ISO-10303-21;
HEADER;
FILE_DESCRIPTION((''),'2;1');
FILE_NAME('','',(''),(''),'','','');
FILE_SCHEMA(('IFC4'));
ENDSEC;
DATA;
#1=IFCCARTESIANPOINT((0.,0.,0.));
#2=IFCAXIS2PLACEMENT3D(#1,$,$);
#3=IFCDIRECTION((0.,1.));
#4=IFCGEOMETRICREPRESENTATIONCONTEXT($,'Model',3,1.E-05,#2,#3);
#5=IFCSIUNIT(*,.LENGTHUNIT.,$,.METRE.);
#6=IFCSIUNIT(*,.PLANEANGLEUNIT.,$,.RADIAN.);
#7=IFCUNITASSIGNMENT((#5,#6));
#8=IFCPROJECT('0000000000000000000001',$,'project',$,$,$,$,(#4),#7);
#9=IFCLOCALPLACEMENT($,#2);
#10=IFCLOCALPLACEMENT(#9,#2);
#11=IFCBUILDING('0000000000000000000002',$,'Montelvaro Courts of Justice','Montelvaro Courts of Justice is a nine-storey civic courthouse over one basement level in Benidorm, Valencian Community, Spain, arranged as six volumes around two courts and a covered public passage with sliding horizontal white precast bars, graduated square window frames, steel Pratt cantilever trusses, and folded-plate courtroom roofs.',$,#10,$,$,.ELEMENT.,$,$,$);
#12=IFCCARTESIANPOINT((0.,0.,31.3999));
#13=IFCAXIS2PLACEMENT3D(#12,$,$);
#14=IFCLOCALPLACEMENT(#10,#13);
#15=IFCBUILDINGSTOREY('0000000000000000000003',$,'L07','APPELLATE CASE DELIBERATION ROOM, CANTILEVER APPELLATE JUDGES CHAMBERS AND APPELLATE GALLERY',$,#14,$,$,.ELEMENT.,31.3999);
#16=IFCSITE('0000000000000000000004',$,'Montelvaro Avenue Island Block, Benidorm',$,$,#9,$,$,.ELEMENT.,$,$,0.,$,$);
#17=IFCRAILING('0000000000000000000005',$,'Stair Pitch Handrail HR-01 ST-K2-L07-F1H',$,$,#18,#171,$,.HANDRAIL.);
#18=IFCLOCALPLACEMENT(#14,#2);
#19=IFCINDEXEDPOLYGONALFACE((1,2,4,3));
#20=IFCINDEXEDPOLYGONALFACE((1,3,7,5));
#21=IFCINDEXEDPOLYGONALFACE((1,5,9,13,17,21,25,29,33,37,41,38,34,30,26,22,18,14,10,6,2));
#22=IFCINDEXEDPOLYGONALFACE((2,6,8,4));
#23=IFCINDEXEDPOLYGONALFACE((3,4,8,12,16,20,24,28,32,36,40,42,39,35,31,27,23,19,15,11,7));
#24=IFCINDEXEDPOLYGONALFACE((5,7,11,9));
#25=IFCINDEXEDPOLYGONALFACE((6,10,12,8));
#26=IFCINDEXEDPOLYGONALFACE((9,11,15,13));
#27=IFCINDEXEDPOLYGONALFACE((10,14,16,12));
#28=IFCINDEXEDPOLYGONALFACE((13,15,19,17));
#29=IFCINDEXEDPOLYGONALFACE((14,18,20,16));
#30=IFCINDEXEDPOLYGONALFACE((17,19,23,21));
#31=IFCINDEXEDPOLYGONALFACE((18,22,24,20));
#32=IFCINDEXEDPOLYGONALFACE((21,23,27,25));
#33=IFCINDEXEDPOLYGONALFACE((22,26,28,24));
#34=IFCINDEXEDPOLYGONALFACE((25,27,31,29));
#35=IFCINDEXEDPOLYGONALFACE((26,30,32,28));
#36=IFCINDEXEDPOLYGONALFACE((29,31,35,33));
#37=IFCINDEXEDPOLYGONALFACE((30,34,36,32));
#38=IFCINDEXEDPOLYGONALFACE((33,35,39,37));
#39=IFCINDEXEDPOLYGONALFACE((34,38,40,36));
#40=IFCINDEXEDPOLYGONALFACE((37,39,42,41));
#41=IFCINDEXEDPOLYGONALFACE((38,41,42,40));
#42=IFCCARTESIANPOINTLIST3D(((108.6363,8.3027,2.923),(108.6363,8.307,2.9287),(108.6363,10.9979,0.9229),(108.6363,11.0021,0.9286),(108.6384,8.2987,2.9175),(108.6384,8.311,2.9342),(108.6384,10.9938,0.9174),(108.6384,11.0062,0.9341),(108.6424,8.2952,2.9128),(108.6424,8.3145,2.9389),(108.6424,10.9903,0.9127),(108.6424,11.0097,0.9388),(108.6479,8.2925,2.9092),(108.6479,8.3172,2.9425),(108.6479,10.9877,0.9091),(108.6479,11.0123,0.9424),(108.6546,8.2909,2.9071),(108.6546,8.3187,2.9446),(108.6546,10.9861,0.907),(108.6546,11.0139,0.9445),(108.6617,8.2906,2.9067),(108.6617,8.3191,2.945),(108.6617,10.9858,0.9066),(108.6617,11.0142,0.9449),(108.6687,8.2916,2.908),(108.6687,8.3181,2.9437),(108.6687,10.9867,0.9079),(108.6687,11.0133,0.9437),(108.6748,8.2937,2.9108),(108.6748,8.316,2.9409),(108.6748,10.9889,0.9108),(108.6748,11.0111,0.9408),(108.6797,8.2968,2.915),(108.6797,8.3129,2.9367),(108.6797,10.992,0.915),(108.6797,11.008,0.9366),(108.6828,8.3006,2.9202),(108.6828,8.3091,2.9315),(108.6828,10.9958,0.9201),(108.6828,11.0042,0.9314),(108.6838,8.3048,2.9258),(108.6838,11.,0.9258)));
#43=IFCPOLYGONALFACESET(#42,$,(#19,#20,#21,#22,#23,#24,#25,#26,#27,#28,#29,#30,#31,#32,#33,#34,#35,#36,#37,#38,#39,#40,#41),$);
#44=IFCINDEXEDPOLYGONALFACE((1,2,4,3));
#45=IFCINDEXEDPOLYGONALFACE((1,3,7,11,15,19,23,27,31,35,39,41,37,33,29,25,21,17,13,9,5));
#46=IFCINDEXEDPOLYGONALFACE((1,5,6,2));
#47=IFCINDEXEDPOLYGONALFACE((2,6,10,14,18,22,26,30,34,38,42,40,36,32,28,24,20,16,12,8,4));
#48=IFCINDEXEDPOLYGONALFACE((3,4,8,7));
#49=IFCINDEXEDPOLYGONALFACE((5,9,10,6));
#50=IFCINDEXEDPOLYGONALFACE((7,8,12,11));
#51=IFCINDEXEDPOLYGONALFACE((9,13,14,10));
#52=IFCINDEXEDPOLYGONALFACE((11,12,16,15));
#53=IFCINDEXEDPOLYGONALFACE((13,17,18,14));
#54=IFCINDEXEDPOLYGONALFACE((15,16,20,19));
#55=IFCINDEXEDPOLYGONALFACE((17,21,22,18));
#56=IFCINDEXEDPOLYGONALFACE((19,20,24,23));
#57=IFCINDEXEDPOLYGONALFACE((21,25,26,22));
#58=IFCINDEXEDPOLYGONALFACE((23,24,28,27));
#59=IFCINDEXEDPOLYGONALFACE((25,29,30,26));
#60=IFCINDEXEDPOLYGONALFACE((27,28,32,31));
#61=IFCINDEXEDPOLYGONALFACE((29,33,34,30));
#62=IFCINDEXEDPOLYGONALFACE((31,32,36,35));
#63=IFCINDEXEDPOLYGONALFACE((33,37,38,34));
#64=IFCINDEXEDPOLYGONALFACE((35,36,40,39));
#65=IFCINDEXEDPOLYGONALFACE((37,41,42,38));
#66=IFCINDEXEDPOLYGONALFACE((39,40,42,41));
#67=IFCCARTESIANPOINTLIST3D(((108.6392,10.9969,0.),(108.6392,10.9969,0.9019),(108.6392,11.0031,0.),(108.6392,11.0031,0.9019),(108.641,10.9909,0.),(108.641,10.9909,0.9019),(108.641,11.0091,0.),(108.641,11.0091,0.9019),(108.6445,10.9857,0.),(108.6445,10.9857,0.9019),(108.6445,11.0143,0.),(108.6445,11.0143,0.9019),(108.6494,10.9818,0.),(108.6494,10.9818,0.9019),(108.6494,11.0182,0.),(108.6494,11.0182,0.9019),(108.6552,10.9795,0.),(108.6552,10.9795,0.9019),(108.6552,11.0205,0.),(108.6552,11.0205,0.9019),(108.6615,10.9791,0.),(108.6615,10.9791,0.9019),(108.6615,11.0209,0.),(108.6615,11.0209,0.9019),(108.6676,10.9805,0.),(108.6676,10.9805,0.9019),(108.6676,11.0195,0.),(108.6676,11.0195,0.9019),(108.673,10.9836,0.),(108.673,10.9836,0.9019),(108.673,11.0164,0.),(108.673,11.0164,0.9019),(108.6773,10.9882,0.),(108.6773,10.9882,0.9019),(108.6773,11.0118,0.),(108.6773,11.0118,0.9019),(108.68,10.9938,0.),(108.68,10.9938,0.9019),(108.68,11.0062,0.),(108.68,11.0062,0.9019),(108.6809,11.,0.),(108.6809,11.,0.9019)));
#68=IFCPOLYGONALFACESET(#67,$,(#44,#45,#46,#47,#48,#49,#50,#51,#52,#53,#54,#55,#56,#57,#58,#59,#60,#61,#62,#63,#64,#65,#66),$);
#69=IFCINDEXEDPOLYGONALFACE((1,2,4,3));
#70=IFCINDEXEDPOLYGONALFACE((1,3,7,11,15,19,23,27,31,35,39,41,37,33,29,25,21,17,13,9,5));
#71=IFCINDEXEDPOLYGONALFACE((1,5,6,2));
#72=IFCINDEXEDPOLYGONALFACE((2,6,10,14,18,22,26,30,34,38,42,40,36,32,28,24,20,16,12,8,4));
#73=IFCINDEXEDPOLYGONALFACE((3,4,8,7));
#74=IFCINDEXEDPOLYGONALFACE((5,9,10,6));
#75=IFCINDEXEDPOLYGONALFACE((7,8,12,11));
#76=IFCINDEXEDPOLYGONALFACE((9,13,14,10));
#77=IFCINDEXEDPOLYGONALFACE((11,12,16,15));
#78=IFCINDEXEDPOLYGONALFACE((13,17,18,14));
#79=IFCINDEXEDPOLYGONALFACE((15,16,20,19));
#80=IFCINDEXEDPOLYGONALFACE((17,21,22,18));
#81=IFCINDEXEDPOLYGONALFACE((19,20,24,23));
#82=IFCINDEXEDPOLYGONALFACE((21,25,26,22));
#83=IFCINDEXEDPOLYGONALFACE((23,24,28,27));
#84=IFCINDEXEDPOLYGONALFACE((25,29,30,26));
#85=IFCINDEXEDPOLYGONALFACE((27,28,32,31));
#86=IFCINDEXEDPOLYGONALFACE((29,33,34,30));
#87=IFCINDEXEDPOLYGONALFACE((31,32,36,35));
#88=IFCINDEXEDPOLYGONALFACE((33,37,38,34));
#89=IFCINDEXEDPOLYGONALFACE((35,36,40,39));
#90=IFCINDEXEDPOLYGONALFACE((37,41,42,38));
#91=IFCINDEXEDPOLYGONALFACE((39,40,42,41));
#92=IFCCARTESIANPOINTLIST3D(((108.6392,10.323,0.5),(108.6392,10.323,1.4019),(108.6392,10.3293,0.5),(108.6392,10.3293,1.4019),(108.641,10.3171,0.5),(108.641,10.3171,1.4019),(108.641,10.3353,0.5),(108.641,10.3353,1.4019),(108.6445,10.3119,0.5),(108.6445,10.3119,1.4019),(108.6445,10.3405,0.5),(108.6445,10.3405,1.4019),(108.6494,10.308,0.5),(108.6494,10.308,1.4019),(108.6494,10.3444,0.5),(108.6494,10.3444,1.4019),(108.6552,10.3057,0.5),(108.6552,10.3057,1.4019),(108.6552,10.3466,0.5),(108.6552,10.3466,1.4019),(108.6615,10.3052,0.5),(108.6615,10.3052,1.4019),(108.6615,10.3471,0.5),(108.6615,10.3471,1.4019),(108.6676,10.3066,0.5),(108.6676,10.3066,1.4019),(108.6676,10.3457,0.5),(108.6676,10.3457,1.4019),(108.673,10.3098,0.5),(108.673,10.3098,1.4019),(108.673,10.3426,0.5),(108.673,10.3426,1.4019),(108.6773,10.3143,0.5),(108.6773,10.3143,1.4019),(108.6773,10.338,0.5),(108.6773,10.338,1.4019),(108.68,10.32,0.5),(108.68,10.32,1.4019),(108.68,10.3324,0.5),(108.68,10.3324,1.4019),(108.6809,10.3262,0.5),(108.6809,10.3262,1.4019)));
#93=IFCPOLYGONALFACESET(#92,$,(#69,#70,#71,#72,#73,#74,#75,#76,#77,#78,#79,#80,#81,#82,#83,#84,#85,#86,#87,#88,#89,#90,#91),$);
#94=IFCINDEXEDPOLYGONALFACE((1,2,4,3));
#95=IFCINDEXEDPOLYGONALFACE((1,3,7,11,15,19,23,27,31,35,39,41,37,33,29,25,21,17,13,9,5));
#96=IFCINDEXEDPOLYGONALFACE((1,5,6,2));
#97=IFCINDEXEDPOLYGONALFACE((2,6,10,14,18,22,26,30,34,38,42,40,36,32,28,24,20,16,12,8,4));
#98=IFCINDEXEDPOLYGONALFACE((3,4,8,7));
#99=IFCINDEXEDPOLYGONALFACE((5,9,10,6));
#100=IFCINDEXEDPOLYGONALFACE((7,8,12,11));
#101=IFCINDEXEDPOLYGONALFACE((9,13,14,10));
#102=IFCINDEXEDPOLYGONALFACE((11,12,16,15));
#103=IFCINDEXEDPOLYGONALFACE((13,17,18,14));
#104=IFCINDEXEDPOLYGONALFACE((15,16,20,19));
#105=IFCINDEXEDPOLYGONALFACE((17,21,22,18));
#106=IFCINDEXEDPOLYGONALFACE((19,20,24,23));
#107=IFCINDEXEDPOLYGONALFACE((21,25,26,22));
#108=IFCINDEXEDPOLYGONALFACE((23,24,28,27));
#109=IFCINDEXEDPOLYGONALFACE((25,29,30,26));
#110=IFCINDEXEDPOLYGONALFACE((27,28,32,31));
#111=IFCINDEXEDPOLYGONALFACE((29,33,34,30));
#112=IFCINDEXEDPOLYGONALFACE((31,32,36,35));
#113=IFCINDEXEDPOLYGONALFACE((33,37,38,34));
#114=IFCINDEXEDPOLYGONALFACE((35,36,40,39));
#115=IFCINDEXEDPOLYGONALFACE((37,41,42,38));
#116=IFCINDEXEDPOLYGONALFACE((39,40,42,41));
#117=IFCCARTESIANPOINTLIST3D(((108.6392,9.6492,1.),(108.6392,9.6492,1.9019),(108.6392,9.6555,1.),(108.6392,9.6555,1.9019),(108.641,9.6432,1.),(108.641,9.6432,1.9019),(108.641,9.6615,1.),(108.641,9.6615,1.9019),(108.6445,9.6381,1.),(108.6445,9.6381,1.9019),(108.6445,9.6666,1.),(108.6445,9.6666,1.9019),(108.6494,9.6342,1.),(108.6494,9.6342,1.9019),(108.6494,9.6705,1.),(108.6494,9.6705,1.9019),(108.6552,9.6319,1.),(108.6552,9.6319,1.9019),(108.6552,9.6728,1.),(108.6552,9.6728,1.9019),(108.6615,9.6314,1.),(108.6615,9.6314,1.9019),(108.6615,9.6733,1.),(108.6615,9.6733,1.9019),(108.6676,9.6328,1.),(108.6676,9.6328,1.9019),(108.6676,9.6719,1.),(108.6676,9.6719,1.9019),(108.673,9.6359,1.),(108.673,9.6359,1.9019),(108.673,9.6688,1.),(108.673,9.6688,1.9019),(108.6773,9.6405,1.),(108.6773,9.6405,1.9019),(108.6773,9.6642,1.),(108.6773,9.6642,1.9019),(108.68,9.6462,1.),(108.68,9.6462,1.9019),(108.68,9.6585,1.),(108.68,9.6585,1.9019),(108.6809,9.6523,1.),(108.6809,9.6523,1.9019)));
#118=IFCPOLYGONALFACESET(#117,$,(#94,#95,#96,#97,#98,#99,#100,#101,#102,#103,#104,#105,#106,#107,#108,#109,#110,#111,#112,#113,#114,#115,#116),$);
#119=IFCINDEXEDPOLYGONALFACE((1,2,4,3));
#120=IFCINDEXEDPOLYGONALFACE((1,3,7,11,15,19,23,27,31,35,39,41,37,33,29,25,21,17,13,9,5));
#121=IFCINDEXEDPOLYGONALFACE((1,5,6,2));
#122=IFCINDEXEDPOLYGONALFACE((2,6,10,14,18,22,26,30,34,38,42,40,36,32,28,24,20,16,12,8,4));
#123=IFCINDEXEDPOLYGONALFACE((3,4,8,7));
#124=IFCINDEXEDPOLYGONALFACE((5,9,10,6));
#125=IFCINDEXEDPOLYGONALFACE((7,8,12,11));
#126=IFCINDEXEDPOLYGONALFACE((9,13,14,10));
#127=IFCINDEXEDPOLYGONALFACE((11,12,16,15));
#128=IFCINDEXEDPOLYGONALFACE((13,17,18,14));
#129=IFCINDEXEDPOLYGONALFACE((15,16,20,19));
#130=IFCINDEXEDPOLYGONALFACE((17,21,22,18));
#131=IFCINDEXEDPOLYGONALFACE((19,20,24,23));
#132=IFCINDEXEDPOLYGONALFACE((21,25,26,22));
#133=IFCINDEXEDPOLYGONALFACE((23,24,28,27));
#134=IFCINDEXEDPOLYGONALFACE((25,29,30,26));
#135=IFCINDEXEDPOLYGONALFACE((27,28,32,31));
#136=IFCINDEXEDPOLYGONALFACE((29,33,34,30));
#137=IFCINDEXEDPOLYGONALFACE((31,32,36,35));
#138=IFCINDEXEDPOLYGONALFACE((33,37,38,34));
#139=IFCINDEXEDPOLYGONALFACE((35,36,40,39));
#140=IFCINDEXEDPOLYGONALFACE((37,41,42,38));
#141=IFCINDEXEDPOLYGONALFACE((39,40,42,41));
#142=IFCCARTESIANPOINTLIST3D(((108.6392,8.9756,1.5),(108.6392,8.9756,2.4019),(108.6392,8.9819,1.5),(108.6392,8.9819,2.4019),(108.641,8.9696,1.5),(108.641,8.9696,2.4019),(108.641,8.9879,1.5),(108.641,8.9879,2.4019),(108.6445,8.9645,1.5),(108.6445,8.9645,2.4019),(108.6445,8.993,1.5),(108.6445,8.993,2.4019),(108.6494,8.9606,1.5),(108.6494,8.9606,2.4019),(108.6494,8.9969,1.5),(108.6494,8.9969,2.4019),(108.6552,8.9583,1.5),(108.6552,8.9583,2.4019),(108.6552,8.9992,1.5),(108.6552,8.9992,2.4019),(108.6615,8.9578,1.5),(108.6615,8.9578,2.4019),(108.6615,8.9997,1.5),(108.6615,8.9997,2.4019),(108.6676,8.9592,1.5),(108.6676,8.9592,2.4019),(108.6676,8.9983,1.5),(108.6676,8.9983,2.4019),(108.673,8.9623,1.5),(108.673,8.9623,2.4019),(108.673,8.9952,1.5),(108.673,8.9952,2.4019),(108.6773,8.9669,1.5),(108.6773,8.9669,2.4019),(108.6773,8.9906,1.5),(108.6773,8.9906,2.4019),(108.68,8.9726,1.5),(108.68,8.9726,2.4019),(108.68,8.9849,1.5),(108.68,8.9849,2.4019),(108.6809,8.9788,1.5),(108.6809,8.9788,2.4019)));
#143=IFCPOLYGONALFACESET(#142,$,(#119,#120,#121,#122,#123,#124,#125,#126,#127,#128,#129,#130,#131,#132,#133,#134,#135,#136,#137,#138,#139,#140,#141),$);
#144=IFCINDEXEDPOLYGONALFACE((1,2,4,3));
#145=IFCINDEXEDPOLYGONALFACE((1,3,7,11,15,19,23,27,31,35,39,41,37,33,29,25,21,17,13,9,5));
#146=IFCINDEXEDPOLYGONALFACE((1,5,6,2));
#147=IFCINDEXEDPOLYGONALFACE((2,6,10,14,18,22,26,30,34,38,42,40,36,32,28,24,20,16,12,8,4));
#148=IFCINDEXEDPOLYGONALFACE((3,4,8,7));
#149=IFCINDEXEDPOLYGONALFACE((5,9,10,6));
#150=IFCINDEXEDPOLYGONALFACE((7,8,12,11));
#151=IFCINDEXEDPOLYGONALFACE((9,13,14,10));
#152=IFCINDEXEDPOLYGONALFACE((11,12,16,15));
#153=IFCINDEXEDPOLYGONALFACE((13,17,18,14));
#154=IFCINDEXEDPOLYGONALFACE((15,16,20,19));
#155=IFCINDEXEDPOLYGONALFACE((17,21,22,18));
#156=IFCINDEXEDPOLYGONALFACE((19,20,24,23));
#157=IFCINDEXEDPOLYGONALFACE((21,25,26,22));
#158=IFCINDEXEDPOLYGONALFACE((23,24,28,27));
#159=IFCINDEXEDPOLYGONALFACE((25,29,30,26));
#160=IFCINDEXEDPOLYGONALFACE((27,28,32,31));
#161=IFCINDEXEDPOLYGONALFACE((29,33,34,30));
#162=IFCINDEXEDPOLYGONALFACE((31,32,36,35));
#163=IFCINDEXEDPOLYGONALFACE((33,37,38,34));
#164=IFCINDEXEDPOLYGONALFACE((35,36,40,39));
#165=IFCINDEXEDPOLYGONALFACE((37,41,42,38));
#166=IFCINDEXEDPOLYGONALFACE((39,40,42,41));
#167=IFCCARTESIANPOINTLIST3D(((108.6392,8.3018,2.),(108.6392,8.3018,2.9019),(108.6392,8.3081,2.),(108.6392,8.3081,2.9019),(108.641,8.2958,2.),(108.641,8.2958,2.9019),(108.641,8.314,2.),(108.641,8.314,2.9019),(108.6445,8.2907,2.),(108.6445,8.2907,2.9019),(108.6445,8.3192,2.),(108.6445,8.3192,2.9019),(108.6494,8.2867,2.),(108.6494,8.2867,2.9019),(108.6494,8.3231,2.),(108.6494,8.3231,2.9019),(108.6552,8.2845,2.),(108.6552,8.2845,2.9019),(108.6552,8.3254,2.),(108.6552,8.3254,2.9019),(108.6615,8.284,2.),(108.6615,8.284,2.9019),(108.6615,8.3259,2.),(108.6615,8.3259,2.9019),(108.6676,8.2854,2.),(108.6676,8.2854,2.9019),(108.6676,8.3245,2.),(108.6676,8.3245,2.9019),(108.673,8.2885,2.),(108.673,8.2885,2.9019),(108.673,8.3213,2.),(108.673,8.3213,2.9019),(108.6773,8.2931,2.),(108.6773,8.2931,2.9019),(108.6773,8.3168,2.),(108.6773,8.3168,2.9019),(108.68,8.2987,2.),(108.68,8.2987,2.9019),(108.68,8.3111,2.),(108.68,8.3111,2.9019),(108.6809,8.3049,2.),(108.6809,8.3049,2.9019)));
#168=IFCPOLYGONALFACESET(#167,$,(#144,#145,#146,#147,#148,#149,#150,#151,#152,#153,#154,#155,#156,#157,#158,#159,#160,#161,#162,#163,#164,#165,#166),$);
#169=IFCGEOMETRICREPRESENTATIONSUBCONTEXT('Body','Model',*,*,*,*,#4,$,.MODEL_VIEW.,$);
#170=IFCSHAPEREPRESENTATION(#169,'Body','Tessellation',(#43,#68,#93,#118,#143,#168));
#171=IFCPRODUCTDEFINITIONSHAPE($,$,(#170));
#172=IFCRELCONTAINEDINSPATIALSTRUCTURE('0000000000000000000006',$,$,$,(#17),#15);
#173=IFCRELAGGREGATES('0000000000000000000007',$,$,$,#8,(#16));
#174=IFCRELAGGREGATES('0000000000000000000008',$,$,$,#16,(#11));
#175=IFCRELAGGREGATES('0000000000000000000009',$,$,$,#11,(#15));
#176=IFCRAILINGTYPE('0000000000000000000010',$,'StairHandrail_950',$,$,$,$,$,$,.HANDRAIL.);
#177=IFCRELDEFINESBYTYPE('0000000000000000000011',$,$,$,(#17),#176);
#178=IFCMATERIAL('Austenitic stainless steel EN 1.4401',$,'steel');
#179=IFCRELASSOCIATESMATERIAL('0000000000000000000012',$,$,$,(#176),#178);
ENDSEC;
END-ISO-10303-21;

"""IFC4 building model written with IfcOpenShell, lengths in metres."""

from ifc_helpers import new_model, si_unit, direction, frame, origin, origin_2d, place, context, subcontext, project, spatial, circle, extrude, material, type_object, element, save


model = new_model("IFC4")

# Units and contexts
model_context = context("Model", 3, precision=1e-05, world=origin(), true_north=direction((0.0, 1.0)))
body_context = subcontext(model_context, "Body", "Model", "MODEL_VIEW")
ifc_project = project(units=[si_unit("LENGTHUNIT", "METRE"), si_unit("PLANEANGLEUNIT", "RADIAN")], contexts=[model_context])

# Site, building, storey
site_placement = place(None, origin())
site = spatial("IfcSite", under=ifc_project, at=site_placement, Name="Montelvaro Avenue Island Block, Benidorm", CompositionType="ELEMENT", RefElevation=0.0)
building_placement = place(site_placement, origin())
building = spatial("IfcBuilding", under=site, at=building_placement, Name="Montelvaro Courts of Justice", Description="Montelvaro Courts of Justice is a nine-storey civic courthouse over one basement level in Benidorm, Valencian Community, Spain, arranged as six volumes around two courts and a covered public passage with sliding horizontal white precast bars, graduated square window frames, steel Pratt cantilever trusses, and folded-plate courtroom roofs.", CompositionType="ELEMENT")
storey_placement = place(building_placement, frame((0.0, 0.0, 31.3999)))
storey = spatial("IfcBuildingStorey", under=building, at=storey_placement, Name="L07", Description="APPELLATE CASE DELIBERATION ROOM, CANTILEVER APPELLATE JUDGES CHAMBERS AND APPELLATE GALLERY", CompositionType="ELEMENT", Elevation=31.3999)

# Railing
ifc_material_1 = material(Name="Austenitic stainless steel EN 1.4401", Category="steel")
railing_type_1 = type_object("IfcRailingType", Name="StairHandrail_950", PredefinedType="HANDRAIL", material=ifc_material_1)
railing_1_placement = place(storey_placement, frame((108.6599, 11.0, 0.0)))
element("IfcRailing", 1, at=railing_1_placement, inside=storey, type_object=railing_type_1, Name="Stair Pitch Handrail HR-01 ST-K2-L07-F1H", PredefinedType="HANDRAIL", context=body_context, shape_type="SweptSolid", body=[
    extrude(circle(Radius=0.0239, at=origin_2d()), frame((0.0, 0.0, 0.9258), z_axis=(0.0, -0.803036, 0.59593), x_axis=(1.0, 0.0, 0.0)), (0.0, 0.0, 1.0), 3.3562),
    extrude(circle(Radius=0.021, at=origin_2d()), origin(), (0.0, 0.0, 1.0), 0.9019),
    extrude(circle(Radius=0.021, at=origin_2d()), frame((0.0, -0.6738, 0.5)), (0.0, 0.0, 1.0), 0.9019),
    extrude(circle(Radius=0.021, at=origin_2d()), frame((0.0, -1.3477, 1.0)), (0.0, 0.0, 1.0), 0.9019),
    extrude(circle(Radius=0.021, at=origin_2d()), frame((0.0, -2.0212, 1.5)), (0.0, 0.0, 1.0), 0.9019),
    extrude(circle(Radius=0.021, at=origin_2d()), frame((0.0, -2.6951, 2.0)), (0.0, 0.0, 1.0), 0.9019),
])

save(model, "model.ifc")
